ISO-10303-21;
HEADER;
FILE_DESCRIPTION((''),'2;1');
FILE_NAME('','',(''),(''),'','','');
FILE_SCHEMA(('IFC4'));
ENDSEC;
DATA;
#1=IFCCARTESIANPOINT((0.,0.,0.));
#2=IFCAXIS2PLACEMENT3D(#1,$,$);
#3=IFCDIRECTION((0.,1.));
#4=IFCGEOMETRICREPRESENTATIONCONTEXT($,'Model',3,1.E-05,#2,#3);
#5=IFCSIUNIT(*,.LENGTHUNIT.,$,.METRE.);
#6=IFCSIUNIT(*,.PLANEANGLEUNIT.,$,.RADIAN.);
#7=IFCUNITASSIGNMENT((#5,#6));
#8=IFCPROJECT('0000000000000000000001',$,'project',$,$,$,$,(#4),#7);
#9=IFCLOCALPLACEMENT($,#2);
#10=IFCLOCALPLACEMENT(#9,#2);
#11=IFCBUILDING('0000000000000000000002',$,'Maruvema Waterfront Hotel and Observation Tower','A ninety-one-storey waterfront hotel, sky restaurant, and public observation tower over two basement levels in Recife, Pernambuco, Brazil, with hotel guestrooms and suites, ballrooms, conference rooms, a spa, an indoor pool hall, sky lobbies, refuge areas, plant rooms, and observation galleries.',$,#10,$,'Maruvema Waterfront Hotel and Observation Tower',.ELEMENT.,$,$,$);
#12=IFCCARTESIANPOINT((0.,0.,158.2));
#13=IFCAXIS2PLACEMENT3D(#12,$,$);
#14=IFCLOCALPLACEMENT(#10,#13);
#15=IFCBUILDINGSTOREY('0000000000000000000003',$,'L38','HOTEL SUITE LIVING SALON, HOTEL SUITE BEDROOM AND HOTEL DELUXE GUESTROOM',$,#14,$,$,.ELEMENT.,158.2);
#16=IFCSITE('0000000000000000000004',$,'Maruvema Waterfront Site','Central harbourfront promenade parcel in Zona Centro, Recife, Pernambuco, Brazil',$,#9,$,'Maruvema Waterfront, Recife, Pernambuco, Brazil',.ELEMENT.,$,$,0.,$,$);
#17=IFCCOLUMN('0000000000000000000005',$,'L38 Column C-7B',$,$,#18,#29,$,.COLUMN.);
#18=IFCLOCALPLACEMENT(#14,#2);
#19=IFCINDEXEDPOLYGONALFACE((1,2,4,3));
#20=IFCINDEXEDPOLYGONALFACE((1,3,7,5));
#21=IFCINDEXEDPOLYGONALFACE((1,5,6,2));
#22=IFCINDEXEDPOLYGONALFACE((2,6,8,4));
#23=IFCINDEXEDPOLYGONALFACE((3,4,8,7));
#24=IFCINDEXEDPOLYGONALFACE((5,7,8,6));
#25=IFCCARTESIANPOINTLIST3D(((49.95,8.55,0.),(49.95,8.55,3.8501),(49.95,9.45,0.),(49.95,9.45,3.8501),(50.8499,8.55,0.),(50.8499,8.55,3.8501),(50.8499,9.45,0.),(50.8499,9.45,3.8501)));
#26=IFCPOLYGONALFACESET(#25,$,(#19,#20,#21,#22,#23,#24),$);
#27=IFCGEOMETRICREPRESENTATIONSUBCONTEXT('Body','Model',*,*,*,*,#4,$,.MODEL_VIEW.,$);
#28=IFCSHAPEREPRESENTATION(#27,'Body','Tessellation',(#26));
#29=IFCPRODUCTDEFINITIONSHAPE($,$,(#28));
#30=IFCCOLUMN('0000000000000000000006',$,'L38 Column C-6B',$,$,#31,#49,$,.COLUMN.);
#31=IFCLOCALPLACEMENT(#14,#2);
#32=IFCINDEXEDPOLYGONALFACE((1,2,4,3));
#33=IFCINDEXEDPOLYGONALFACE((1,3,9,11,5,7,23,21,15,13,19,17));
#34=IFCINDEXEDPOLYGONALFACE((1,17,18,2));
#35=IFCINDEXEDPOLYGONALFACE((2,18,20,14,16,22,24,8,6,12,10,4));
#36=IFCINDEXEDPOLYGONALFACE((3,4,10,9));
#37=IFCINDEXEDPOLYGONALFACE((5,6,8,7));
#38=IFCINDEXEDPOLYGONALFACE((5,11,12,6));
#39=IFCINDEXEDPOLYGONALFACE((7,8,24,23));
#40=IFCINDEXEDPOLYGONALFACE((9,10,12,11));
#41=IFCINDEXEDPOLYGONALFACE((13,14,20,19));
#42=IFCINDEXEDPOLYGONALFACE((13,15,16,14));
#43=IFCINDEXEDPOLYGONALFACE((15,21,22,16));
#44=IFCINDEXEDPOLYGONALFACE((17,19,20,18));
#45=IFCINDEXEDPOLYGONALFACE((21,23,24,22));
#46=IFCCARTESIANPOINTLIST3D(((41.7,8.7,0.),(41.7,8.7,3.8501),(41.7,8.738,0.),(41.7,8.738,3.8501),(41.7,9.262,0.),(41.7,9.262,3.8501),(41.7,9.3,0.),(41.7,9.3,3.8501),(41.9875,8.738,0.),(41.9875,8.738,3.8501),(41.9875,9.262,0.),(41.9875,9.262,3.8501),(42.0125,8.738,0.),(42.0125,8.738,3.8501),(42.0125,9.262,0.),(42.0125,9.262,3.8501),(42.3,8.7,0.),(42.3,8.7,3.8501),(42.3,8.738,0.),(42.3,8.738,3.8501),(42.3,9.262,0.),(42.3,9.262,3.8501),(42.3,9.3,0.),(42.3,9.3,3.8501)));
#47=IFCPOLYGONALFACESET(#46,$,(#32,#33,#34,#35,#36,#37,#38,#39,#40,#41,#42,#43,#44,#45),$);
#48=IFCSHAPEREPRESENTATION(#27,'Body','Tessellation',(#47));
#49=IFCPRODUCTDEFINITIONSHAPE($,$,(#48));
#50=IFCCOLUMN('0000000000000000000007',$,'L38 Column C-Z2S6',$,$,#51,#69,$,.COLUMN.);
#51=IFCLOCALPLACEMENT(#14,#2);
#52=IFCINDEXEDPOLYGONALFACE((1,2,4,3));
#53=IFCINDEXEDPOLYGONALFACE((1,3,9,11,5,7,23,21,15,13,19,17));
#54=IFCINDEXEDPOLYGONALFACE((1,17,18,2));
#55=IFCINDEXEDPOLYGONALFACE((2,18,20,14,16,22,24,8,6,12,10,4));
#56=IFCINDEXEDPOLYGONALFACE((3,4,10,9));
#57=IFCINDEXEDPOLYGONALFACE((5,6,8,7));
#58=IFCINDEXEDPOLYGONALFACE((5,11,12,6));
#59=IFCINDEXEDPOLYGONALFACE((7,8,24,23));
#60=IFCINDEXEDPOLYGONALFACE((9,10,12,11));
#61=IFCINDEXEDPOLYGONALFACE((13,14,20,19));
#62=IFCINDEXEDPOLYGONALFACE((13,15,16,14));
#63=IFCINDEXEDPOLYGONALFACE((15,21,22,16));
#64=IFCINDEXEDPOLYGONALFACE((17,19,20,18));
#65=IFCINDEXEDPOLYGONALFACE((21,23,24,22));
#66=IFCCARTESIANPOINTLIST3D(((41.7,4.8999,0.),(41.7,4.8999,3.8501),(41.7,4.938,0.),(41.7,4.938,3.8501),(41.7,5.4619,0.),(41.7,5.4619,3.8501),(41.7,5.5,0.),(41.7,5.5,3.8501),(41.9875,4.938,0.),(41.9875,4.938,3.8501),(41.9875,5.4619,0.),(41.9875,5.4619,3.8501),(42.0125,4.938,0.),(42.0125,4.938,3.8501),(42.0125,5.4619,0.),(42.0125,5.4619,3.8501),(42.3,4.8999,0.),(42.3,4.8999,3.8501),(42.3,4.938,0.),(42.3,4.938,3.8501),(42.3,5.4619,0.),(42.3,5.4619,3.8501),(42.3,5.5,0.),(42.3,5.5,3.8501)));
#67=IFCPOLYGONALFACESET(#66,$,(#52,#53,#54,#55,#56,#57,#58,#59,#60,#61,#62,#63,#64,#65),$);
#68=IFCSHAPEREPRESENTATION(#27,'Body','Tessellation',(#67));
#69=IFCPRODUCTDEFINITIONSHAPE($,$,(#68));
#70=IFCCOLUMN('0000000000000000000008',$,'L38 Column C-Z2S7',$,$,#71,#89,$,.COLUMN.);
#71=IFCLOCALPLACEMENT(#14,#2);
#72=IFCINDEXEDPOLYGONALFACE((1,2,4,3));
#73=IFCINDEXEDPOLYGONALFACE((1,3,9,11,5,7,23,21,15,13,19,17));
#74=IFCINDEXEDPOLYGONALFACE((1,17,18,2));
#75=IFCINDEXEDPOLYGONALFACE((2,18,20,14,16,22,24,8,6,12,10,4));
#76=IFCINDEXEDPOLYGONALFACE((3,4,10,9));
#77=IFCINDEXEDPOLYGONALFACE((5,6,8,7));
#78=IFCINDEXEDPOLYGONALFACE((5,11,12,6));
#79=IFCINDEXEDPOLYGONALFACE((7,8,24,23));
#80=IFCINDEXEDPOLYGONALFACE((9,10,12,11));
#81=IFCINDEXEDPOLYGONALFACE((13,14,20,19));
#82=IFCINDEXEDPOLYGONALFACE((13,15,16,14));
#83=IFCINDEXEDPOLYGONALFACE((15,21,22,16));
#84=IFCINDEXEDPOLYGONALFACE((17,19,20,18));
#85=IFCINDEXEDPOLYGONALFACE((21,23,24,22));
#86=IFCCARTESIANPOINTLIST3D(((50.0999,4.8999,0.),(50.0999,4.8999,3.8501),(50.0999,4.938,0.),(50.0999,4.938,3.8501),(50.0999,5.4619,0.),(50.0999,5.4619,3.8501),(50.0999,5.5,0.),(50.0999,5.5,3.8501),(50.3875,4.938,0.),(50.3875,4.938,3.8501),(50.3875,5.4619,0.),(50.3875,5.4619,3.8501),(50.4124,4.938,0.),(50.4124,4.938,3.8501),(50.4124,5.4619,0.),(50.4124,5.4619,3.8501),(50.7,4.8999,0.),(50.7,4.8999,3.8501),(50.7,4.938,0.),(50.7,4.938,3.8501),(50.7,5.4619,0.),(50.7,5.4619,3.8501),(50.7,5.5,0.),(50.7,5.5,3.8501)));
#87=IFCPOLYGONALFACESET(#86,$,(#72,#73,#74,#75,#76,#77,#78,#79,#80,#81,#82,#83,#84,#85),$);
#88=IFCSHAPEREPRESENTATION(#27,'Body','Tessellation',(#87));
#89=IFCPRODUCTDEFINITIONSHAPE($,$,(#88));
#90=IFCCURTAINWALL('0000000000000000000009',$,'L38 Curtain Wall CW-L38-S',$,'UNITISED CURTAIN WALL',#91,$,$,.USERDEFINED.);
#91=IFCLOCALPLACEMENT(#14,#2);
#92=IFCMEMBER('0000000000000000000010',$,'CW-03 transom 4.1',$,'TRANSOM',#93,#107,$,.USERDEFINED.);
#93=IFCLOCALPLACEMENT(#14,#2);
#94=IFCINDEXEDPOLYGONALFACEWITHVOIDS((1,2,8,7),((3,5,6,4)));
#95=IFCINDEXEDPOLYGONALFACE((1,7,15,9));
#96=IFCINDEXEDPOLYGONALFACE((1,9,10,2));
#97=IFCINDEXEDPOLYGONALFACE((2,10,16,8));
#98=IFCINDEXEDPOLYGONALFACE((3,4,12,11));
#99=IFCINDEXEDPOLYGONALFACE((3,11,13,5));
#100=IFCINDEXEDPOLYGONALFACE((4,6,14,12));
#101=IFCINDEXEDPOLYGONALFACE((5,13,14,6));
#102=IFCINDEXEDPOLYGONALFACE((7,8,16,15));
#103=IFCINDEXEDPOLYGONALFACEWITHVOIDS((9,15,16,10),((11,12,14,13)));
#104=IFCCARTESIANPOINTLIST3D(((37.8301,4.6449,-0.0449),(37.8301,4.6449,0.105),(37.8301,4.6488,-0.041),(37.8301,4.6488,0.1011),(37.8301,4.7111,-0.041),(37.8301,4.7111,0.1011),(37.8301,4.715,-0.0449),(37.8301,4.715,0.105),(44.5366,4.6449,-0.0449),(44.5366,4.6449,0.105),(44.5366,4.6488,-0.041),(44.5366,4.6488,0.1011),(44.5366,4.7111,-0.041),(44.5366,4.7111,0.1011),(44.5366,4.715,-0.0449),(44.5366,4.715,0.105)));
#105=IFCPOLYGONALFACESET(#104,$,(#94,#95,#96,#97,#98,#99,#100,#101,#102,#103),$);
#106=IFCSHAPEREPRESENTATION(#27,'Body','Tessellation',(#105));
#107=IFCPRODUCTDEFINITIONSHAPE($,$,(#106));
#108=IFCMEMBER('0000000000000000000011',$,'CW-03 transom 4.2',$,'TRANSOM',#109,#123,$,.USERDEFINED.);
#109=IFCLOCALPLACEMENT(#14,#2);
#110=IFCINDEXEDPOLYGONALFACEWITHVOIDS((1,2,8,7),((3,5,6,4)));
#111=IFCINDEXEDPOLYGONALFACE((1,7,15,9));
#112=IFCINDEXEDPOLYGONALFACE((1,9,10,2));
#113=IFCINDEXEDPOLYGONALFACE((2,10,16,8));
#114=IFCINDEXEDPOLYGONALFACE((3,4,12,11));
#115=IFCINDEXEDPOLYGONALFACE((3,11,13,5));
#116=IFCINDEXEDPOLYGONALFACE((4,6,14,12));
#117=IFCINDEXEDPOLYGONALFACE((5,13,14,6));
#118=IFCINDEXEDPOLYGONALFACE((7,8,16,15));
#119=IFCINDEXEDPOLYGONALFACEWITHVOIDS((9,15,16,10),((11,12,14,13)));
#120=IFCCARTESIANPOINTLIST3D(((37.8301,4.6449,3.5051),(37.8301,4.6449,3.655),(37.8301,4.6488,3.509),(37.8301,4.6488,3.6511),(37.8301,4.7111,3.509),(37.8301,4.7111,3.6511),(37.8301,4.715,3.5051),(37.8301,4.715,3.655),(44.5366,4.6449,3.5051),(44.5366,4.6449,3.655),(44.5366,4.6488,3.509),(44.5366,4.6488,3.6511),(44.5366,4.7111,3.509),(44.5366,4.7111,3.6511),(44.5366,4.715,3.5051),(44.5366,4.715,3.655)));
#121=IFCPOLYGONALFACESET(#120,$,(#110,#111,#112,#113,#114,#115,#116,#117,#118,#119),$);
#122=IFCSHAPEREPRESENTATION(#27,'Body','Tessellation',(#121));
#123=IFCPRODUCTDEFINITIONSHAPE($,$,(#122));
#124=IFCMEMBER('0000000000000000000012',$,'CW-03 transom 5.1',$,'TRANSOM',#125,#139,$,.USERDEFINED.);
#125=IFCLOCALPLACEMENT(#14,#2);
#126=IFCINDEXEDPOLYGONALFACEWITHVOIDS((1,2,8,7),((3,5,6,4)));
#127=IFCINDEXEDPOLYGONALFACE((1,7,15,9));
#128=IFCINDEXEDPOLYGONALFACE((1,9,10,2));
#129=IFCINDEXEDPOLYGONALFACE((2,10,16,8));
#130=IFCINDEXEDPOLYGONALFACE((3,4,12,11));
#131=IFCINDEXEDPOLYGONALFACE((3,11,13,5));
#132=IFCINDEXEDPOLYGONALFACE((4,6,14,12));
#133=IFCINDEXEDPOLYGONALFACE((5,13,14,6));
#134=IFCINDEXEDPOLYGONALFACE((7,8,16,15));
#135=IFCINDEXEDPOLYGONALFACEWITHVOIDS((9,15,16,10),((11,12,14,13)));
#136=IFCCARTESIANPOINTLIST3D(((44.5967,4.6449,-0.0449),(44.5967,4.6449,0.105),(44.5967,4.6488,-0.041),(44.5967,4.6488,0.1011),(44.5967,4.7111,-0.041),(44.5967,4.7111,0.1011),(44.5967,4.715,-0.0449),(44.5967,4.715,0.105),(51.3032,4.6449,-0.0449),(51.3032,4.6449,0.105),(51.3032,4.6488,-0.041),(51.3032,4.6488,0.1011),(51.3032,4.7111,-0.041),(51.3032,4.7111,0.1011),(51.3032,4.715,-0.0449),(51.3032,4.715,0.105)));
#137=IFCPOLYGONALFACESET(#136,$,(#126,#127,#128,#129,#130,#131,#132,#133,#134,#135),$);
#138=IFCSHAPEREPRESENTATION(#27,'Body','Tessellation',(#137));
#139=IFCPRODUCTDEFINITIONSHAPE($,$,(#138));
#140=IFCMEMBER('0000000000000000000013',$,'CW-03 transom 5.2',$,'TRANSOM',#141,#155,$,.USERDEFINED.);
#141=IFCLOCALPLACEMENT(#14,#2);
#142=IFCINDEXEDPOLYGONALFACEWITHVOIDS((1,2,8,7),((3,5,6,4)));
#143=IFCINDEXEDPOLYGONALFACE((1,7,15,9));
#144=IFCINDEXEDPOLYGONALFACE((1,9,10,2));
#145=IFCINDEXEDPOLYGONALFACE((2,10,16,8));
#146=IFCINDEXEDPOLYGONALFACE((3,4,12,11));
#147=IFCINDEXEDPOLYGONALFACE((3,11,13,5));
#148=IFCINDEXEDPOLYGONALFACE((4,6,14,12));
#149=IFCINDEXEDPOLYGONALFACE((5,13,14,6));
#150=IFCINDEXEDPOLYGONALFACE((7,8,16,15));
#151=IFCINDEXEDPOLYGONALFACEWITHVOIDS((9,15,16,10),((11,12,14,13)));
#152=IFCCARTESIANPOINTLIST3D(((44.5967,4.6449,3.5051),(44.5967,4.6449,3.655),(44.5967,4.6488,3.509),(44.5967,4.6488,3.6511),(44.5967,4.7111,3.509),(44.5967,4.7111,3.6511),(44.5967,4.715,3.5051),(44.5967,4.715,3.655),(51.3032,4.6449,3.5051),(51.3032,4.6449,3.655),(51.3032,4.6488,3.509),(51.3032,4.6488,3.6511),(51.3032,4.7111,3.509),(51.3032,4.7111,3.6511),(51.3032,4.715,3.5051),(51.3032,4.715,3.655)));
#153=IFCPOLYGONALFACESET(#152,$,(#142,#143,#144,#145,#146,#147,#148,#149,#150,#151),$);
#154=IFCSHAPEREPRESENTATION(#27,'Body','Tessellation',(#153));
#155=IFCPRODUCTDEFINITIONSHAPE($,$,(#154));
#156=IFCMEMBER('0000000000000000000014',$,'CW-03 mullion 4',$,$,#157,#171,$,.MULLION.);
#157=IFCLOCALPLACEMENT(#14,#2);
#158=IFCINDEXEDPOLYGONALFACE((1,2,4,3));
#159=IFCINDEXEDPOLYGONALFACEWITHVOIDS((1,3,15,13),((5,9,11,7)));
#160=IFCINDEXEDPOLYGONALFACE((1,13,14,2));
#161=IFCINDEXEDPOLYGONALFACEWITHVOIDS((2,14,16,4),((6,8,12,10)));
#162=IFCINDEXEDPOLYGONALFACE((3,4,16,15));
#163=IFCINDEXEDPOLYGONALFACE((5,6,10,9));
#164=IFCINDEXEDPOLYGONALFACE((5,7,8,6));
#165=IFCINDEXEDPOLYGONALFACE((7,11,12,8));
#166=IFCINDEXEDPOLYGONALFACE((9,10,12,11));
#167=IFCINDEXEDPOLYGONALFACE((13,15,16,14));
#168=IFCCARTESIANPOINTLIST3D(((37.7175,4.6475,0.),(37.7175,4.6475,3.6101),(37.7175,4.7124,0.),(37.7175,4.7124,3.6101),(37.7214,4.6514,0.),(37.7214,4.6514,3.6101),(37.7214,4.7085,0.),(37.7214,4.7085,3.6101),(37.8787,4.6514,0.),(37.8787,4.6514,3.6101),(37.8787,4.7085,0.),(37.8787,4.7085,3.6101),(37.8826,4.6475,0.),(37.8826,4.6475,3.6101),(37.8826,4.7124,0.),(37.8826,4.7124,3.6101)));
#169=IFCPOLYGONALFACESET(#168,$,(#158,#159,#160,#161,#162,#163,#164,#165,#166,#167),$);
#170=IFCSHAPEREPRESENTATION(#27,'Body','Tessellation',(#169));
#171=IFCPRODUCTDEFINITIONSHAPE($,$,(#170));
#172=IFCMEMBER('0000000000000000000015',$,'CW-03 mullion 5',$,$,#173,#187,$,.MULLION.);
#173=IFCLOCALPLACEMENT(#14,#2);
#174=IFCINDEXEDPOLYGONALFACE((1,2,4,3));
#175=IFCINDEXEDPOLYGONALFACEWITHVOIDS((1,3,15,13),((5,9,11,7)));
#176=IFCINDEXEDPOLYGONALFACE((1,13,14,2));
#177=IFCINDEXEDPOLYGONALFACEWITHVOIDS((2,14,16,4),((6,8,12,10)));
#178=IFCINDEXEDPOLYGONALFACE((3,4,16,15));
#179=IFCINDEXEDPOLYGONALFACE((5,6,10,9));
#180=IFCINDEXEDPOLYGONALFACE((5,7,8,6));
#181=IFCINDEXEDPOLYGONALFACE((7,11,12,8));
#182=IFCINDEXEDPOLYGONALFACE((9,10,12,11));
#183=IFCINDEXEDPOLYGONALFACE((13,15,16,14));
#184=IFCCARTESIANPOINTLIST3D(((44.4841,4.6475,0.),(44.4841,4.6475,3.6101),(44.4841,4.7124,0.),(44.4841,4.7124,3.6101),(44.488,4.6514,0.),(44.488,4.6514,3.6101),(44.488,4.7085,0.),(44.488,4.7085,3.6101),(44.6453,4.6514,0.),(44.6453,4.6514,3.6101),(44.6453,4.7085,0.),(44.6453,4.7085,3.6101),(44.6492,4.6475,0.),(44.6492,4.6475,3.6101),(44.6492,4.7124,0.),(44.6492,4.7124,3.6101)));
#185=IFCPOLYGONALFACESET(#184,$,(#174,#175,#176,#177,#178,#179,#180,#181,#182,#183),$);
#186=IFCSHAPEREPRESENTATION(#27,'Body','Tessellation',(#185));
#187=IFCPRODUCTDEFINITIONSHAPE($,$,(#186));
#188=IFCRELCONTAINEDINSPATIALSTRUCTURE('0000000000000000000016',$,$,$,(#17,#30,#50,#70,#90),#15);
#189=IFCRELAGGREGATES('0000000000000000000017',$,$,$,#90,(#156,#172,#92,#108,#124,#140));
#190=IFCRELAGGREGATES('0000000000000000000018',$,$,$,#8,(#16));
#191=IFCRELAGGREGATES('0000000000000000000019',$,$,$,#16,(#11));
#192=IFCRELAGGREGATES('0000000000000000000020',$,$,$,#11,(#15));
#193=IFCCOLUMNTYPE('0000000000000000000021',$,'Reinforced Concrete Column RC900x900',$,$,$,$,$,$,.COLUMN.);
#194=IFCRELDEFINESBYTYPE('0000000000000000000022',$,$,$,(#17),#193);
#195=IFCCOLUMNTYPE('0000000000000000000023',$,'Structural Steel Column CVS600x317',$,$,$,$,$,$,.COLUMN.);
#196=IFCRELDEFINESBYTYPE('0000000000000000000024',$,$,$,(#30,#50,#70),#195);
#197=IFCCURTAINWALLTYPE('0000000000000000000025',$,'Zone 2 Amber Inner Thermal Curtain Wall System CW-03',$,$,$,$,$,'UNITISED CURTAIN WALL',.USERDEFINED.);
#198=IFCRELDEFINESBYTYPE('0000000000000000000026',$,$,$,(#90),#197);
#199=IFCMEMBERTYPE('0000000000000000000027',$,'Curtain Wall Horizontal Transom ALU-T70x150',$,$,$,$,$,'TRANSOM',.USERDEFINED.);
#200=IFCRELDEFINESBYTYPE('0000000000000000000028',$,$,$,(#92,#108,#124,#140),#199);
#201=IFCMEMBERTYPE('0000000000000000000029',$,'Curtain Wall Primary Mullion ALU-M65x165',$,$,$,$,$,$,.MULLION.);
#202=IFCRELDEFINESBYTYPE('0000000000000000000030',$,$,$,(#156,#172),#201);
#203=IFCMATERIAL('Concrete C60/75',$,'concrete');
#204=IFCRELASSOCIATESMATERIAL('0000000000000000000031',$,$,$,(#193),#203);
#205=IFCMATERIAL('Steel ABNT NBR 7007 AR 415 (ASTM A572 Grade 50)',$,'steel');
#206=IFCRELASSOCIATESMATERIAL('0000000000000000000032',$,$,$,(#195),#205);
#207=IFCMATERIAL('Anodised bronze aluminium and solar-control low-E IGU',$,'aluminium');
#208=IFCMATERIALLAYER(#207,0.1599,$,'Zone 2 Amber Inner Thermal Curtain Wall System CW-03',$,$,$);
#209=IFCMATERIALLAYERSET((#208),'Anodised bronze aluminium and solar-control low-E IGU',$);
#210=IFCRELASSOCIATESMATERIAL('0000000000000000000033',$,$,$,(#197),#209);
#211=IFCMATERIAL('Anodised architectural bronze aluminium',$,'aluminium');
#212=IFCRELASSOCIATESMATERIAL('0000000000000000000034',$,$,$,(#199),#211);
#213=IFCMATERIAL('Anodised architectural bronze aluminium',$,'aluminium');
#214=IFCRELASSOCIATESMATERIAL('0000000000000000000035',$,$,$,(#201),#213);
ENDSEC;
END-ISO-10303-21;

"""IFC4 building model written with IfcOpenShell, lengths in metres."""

from ifc_helpers import new_model, si_unit, direction, frame, origin, origin_2d, place, context, subcontext, project, spatial, rectangle, hollow_rectangle, i_section, extrude, material, layer, layer_set, material_profile, profile_set, type_object, element, aggregate, save


model = new_model("IFC4")

# Units and contexts
model_context = context("Model", 3, precision=1e-05, world=origin(), true_north=direction((0.0, 1.0)))
body_context = subcontext(model_context, "Body", "Model", "MODEL_VIEW")
ifc_project = project(units=[si_unit("LENGTHUNIT", "METRE"), si_unit("PLANEANGLEUNIT", "RADIAN")], contexts=[model_context])

# Site, building, storey
site_placement = place(None, origin())
site = spatial("IfcSite", under=ifc_project, at=site_placement, Name="Maruvema Waterfront Site", Description="Central harbourfront promenade parcel in Zona Centro, Recife, Pernambuco, Brazil", LongName="Maruvema Waterfront, Recife, Pernambuco, Brazil", CompositionType="ELEMENT", RefElevation=0.0)
building_placement = place(site_placement, origin())
building = spatial("IfcBuilding", under=site, at=building_placement, Name="Maruvema Waterfront Hotel and Observation Tower", Description="A ninety-one-storey waterfront hotel, sky restaurant, and public observation tower over two basement levels in Recife, Pernambuco, Brazil, with hotel guestrooms and suites, ballrooms, conference rooms, a spa, an indoor pool hall, sky lobbies, refuge areas, plant rooms, and observation galleries.", LongName="Maruvema Waterfront Hotel and Observation Tower", CompositionType="ELEMENT")
storey_placement = place(building_placement, frame((0.0, 0.0, 158.2)))
storey = spatial("IfcBuildingStorey", under=building, at=storey_placement, Name="L38", Description="HOTEL SUITE LIVING SALON, HOTEL SUITE BEDROOM AND HOTEL DELUXE GUESTROOM", CompositionType="ELEMENT", Elevation=158.2)

# Columns
ifc_material_1 = material(Name="Concrete C60/75", Category="concrete")
ifc_material_profile_1 = material_profile(ifc_material_1, rectangle(XDim=0.8999, YDim=0.8999, at=origin_2d()), Name="RC900x900")
ifc_profile_set_1 = profile_set([ifc_material_profile_1], Name="Concrete C60/75")
column_type_1 = type_object("IfcColumnType", Name="Reinforced Concrete Column RC900x900", PredefinedType="COLUMN", material=ifc_profile_set_1)
column_placement = place(storey_placement, frame((50.3999, 9.0, 0.0), z_axis=(0.0, 0.0, 1.0), x_axis=(1.0, 0.0, 0.0)))
element("IfcColumn", 1, at=column_placement, inside=storey, type_object=column_type_1, Name="L38 Column C-7B", PredefinedType="COLUMN", context=body_context, shape_type="SweptSolid", body=[
    extrude(rectangle(XDim=0.8999, YDim=0.8999, at=origin_2d()), origin(), (0.0, 0.0, 1.0), 3.8501),
])
ifc_material_2 = material(Name="Steel ABNT NBR 7007 AR 415 (ASTM A572 Grade 50)", Category="steel")
ifc_material_profile_2 = material_profile(ifc_material_2, i_section(OverallWidth=0.6001, OverallDepth=0.6001, WebThickness=0.0249, FlangeThickness=0.0381, at=origin_2d()), Name="CVS600x317")
ifc_profile_set_2 = profile_set([ifc_material_profile_2], Name="Steel ABNT NBR 7007 AR 415 (ASTM A572 Grade 50)")
column_type_2 = type_object("IfcColumnType", Name="Structural Steel Column CVS600x317", PredefinedType="COLUMN", material=ifc_profile_set_2)
for number, where, z_axis, x_axis, name in (
    (2, (42.0, 9.0, 0.0), (0.0, 0.0, 1.0), (1.0, 0.0, 0.0), "L38 Column C-6B"),
    (3, (42.0, 5.2, 0.0), (0.0, 0.0, 1.0), (1.0, 0.0, 0.0), "L38 Column C-Z2S6"),
    (4, (50.3999, 5.2, 0.0), (0.0, 0.0, 1.0), (1.0, 0.0, 0.0), "L38 Column C-Z2S7"),
):
    element("IfcColumn", number, at=place(storey_placement, frame(where, z_axis=z_axis, x_axis=x_axis)), inside=storey, type_object=column_type_2, Name=name, PredefinedType="COLUMN", context=body_context, shape_type="SweptSolid", body=[
        extrude(i_section(OverallWidth=0.6001, OverallDepth=0.6001, WebThickness=0.0249, FlangeThickness=0.0381, at=origin_2d()), origin(), (0.0, 0.0, 1.0), 3.8501),
    ])

# Curtain wall, members
ifc_material_3 = material(Name="Anodised bronze aluminium and solar-control low-E IGU", Category="aluminium")
ifc_layer_1 = layer(ifc_material_3, 0.1599, Name="Zone 2 Amber Inner Thermal Curtain Wall System CW-03")
ifc_layer_set_1 = layer_set([ifc_layer_1], Name="Anodised bronze aluminium and solar-control low-E IGU")
curtain_wall_type = type_object("IfcCurtainWallType", Name="Zone 2 Amber Inner Thermal Curtain Wall System CW-03", ElementType="UNITISED CURTAIN WALL", PredefinedType="USERDEFINED", material=ifc_layer_set_1)
curtain_wall_placement = place(storey_placement, origin())
curtain_wall = element("IfcCurtainWall", 5, at=curtain_wall_placement, inside=storey, type_object=curtain_wall_type, Name="L38 Curtain Wall CW-L38-S", ObjectType="UNITISED CURTAIN WALL", PredefinedType="USERDEFINED")
ifc_material_4 = material(Name="Anodised architectural bronze aluminium", Category="aluminium")
ifc_material_profile_3 = material_profile(ifc_material_4, hollow_rectangle(XDim=0.0701, YDim=0.1499, WallThickness=0.0039, at=origin_2d()), Name="ALU-T70x150")
ifc_profile_set_3 = profile_set([ifc_material_profile_3], Name="Anodised architectural bronze aluminium")
member_type_1 = type_object("IfcMemberType", Name="Curtain Wall Horizontal Transom ALU-T70x150", ElementType="TRANSOM", PredefinedType="USERDEFINED", material=ifc_profile_set_3)
member_1_placement = place(storey_placement, frame((37.8301, 4.6799, 0.03), z_axis=(1.0, 0.0, 0.0), x_axis=(0.0, 1.0, 0.0)))
member_1 = element("IfcMember", 6, at=member_1_placement, type_object=member_type_1, Name="CW-03 transom 4.1", ObjectType="TRANSOM", PredefinedType="USERDEFINED", context=body_context, shape_type="SweptSolid", body=[
    extrude(hollow_rectangle(XDim=0.0701, YDim=0.1499, WallThickness=0.0039, at=origin_2d()), origin(), (0.0, 0.0, 1.0), 6.7065),
])
member_2_placement = place(storey_placement, frame((37.8301, 4.6799, 3.5801), z_axis=(1.0, 0.0, 0.0), x_axis=(0.0, 1.0, 0.0)))
member_2 = element("IfcMember", 7, at=member_2_placement, type_object=member_type_1, Name="CW-03 transom 4.2", ObjectType="TRANSOM", PredefinedType="USERDEFINED", context=body_context, shape_type="SweptSolid", body=[
    extrude(hollow_rectangle(XDim=0.0701, YDim=0.1499, WallThickness=0.0039, at=origin_2d()), origin(), (0.0, 0.0, 1.0), 6.7065),
])
member_3_placement = place(storey_placement, frame((44.5967, 4.6799, 0.03), z_axis=(1.0, 0.0, 0.0), x_axis=(0.0, 1.0, 0.0)))
member_3 = element("IfcMember", 8, at=member_3_placement, type_object=member_type_1, Name="CW-03 transom 5.1", ObjectType="TRANSOM", PredefinedType="USERDEFINED", context=body_context, shape_type="SweptSolid", body=[
    extrude(hollow_rectangle(XDim=0.0701, YDim=0.1499, WallThickness=0.0039, at=origin_2d()), origin(), (0.0, 0.0, 1.0), 6.7065),
])
member_4_placement = place(storey_placement, frame((44.5967, 4.6799, 3.5801), z_axis=(1.0, 0.0, 0.0), x_axis=(0.0, 1.0, 0.0)))
member_4 = element("IfcMember", 9, at=member_4_placement, type_object=member_type_1, Name="CW-03 transom 5.2", ObjectType="TRANSOM", PredefinedType="USERDEFINED", context=body_context, shape_type="SweptSolid", body=[
    extrude(hollow_rectangle(XDim=0.0701, YDim=0.1499, WallThickness=0.0039, at=origin_2d()), origin(), (0.0, 0.0, 1.0), 6.7065),
])
ifc_material_5 = material(Name="Anodised architectural bronze aluminium", Category="aluminium")
ifc_material_profile_4 = material_profile(ifc_material_5, hollow_rectangle(XDim=0.0649, YDim=0.165, WallThickness=0.0039, at=origin_2d()), Name="ALU-M65x165")
ifc_profile_set_4 = profile_set([ifc_material_profile_4], Name="Anodised architectural bronze aluminium")
member_type_2 = type_object("IfcMemberType", Name="Curtain Wall Primary Mullion ALU-M65x165", PredefinedType="MULLION", material=ifc_profile_set_4)
member_5_placement = place(storey_placement, frame((37.8, 4.6799, 0.0), z_axis=(0.0, 0.0, 1.0), x_axis=(0.0, 1.0, 0.0)))
member_5 = element("IfcMember", 10, at=member_5_placement, type_object=member_type_2, Name="CW-03 mullion 4", PredefinedType="MULLION", context=body_context, shape_type="SweptSolid", body=[
    extrude(hollow_rectangle(XDim=0.0649, YDim=0.165, WallThickness=0.0039, at=origin_2d()), origin(), (0.0, 0.0, 1.0), 3.6101),
])
member_6_placement = place(storey_placement, frame((44.5667, 4.6799, 0.0), z_axis=(0.0, 0.0, 1.0), x_axis=(0.0, 1.0, 0.0)))
member_6 = element("IfcMember", 11, at=member_6_placement, type_object=member_type_2, Name="CW-03 mullion 5", PredefinedType="MULLION", context=body_context, shape_type="SweptSolid", body=[
    extrude(hollow_rectangle(XDim=0.0649, YDim=0.165, WallThickness=0.0039, at=origin_2d()), origin(), (0.0, 0.0, 1.0), 3.6101),
])

aggregate(curtain_wall, [member_5, member_6, member_1, member_2, member_3, member_4])

save(model, "model.ifc")
